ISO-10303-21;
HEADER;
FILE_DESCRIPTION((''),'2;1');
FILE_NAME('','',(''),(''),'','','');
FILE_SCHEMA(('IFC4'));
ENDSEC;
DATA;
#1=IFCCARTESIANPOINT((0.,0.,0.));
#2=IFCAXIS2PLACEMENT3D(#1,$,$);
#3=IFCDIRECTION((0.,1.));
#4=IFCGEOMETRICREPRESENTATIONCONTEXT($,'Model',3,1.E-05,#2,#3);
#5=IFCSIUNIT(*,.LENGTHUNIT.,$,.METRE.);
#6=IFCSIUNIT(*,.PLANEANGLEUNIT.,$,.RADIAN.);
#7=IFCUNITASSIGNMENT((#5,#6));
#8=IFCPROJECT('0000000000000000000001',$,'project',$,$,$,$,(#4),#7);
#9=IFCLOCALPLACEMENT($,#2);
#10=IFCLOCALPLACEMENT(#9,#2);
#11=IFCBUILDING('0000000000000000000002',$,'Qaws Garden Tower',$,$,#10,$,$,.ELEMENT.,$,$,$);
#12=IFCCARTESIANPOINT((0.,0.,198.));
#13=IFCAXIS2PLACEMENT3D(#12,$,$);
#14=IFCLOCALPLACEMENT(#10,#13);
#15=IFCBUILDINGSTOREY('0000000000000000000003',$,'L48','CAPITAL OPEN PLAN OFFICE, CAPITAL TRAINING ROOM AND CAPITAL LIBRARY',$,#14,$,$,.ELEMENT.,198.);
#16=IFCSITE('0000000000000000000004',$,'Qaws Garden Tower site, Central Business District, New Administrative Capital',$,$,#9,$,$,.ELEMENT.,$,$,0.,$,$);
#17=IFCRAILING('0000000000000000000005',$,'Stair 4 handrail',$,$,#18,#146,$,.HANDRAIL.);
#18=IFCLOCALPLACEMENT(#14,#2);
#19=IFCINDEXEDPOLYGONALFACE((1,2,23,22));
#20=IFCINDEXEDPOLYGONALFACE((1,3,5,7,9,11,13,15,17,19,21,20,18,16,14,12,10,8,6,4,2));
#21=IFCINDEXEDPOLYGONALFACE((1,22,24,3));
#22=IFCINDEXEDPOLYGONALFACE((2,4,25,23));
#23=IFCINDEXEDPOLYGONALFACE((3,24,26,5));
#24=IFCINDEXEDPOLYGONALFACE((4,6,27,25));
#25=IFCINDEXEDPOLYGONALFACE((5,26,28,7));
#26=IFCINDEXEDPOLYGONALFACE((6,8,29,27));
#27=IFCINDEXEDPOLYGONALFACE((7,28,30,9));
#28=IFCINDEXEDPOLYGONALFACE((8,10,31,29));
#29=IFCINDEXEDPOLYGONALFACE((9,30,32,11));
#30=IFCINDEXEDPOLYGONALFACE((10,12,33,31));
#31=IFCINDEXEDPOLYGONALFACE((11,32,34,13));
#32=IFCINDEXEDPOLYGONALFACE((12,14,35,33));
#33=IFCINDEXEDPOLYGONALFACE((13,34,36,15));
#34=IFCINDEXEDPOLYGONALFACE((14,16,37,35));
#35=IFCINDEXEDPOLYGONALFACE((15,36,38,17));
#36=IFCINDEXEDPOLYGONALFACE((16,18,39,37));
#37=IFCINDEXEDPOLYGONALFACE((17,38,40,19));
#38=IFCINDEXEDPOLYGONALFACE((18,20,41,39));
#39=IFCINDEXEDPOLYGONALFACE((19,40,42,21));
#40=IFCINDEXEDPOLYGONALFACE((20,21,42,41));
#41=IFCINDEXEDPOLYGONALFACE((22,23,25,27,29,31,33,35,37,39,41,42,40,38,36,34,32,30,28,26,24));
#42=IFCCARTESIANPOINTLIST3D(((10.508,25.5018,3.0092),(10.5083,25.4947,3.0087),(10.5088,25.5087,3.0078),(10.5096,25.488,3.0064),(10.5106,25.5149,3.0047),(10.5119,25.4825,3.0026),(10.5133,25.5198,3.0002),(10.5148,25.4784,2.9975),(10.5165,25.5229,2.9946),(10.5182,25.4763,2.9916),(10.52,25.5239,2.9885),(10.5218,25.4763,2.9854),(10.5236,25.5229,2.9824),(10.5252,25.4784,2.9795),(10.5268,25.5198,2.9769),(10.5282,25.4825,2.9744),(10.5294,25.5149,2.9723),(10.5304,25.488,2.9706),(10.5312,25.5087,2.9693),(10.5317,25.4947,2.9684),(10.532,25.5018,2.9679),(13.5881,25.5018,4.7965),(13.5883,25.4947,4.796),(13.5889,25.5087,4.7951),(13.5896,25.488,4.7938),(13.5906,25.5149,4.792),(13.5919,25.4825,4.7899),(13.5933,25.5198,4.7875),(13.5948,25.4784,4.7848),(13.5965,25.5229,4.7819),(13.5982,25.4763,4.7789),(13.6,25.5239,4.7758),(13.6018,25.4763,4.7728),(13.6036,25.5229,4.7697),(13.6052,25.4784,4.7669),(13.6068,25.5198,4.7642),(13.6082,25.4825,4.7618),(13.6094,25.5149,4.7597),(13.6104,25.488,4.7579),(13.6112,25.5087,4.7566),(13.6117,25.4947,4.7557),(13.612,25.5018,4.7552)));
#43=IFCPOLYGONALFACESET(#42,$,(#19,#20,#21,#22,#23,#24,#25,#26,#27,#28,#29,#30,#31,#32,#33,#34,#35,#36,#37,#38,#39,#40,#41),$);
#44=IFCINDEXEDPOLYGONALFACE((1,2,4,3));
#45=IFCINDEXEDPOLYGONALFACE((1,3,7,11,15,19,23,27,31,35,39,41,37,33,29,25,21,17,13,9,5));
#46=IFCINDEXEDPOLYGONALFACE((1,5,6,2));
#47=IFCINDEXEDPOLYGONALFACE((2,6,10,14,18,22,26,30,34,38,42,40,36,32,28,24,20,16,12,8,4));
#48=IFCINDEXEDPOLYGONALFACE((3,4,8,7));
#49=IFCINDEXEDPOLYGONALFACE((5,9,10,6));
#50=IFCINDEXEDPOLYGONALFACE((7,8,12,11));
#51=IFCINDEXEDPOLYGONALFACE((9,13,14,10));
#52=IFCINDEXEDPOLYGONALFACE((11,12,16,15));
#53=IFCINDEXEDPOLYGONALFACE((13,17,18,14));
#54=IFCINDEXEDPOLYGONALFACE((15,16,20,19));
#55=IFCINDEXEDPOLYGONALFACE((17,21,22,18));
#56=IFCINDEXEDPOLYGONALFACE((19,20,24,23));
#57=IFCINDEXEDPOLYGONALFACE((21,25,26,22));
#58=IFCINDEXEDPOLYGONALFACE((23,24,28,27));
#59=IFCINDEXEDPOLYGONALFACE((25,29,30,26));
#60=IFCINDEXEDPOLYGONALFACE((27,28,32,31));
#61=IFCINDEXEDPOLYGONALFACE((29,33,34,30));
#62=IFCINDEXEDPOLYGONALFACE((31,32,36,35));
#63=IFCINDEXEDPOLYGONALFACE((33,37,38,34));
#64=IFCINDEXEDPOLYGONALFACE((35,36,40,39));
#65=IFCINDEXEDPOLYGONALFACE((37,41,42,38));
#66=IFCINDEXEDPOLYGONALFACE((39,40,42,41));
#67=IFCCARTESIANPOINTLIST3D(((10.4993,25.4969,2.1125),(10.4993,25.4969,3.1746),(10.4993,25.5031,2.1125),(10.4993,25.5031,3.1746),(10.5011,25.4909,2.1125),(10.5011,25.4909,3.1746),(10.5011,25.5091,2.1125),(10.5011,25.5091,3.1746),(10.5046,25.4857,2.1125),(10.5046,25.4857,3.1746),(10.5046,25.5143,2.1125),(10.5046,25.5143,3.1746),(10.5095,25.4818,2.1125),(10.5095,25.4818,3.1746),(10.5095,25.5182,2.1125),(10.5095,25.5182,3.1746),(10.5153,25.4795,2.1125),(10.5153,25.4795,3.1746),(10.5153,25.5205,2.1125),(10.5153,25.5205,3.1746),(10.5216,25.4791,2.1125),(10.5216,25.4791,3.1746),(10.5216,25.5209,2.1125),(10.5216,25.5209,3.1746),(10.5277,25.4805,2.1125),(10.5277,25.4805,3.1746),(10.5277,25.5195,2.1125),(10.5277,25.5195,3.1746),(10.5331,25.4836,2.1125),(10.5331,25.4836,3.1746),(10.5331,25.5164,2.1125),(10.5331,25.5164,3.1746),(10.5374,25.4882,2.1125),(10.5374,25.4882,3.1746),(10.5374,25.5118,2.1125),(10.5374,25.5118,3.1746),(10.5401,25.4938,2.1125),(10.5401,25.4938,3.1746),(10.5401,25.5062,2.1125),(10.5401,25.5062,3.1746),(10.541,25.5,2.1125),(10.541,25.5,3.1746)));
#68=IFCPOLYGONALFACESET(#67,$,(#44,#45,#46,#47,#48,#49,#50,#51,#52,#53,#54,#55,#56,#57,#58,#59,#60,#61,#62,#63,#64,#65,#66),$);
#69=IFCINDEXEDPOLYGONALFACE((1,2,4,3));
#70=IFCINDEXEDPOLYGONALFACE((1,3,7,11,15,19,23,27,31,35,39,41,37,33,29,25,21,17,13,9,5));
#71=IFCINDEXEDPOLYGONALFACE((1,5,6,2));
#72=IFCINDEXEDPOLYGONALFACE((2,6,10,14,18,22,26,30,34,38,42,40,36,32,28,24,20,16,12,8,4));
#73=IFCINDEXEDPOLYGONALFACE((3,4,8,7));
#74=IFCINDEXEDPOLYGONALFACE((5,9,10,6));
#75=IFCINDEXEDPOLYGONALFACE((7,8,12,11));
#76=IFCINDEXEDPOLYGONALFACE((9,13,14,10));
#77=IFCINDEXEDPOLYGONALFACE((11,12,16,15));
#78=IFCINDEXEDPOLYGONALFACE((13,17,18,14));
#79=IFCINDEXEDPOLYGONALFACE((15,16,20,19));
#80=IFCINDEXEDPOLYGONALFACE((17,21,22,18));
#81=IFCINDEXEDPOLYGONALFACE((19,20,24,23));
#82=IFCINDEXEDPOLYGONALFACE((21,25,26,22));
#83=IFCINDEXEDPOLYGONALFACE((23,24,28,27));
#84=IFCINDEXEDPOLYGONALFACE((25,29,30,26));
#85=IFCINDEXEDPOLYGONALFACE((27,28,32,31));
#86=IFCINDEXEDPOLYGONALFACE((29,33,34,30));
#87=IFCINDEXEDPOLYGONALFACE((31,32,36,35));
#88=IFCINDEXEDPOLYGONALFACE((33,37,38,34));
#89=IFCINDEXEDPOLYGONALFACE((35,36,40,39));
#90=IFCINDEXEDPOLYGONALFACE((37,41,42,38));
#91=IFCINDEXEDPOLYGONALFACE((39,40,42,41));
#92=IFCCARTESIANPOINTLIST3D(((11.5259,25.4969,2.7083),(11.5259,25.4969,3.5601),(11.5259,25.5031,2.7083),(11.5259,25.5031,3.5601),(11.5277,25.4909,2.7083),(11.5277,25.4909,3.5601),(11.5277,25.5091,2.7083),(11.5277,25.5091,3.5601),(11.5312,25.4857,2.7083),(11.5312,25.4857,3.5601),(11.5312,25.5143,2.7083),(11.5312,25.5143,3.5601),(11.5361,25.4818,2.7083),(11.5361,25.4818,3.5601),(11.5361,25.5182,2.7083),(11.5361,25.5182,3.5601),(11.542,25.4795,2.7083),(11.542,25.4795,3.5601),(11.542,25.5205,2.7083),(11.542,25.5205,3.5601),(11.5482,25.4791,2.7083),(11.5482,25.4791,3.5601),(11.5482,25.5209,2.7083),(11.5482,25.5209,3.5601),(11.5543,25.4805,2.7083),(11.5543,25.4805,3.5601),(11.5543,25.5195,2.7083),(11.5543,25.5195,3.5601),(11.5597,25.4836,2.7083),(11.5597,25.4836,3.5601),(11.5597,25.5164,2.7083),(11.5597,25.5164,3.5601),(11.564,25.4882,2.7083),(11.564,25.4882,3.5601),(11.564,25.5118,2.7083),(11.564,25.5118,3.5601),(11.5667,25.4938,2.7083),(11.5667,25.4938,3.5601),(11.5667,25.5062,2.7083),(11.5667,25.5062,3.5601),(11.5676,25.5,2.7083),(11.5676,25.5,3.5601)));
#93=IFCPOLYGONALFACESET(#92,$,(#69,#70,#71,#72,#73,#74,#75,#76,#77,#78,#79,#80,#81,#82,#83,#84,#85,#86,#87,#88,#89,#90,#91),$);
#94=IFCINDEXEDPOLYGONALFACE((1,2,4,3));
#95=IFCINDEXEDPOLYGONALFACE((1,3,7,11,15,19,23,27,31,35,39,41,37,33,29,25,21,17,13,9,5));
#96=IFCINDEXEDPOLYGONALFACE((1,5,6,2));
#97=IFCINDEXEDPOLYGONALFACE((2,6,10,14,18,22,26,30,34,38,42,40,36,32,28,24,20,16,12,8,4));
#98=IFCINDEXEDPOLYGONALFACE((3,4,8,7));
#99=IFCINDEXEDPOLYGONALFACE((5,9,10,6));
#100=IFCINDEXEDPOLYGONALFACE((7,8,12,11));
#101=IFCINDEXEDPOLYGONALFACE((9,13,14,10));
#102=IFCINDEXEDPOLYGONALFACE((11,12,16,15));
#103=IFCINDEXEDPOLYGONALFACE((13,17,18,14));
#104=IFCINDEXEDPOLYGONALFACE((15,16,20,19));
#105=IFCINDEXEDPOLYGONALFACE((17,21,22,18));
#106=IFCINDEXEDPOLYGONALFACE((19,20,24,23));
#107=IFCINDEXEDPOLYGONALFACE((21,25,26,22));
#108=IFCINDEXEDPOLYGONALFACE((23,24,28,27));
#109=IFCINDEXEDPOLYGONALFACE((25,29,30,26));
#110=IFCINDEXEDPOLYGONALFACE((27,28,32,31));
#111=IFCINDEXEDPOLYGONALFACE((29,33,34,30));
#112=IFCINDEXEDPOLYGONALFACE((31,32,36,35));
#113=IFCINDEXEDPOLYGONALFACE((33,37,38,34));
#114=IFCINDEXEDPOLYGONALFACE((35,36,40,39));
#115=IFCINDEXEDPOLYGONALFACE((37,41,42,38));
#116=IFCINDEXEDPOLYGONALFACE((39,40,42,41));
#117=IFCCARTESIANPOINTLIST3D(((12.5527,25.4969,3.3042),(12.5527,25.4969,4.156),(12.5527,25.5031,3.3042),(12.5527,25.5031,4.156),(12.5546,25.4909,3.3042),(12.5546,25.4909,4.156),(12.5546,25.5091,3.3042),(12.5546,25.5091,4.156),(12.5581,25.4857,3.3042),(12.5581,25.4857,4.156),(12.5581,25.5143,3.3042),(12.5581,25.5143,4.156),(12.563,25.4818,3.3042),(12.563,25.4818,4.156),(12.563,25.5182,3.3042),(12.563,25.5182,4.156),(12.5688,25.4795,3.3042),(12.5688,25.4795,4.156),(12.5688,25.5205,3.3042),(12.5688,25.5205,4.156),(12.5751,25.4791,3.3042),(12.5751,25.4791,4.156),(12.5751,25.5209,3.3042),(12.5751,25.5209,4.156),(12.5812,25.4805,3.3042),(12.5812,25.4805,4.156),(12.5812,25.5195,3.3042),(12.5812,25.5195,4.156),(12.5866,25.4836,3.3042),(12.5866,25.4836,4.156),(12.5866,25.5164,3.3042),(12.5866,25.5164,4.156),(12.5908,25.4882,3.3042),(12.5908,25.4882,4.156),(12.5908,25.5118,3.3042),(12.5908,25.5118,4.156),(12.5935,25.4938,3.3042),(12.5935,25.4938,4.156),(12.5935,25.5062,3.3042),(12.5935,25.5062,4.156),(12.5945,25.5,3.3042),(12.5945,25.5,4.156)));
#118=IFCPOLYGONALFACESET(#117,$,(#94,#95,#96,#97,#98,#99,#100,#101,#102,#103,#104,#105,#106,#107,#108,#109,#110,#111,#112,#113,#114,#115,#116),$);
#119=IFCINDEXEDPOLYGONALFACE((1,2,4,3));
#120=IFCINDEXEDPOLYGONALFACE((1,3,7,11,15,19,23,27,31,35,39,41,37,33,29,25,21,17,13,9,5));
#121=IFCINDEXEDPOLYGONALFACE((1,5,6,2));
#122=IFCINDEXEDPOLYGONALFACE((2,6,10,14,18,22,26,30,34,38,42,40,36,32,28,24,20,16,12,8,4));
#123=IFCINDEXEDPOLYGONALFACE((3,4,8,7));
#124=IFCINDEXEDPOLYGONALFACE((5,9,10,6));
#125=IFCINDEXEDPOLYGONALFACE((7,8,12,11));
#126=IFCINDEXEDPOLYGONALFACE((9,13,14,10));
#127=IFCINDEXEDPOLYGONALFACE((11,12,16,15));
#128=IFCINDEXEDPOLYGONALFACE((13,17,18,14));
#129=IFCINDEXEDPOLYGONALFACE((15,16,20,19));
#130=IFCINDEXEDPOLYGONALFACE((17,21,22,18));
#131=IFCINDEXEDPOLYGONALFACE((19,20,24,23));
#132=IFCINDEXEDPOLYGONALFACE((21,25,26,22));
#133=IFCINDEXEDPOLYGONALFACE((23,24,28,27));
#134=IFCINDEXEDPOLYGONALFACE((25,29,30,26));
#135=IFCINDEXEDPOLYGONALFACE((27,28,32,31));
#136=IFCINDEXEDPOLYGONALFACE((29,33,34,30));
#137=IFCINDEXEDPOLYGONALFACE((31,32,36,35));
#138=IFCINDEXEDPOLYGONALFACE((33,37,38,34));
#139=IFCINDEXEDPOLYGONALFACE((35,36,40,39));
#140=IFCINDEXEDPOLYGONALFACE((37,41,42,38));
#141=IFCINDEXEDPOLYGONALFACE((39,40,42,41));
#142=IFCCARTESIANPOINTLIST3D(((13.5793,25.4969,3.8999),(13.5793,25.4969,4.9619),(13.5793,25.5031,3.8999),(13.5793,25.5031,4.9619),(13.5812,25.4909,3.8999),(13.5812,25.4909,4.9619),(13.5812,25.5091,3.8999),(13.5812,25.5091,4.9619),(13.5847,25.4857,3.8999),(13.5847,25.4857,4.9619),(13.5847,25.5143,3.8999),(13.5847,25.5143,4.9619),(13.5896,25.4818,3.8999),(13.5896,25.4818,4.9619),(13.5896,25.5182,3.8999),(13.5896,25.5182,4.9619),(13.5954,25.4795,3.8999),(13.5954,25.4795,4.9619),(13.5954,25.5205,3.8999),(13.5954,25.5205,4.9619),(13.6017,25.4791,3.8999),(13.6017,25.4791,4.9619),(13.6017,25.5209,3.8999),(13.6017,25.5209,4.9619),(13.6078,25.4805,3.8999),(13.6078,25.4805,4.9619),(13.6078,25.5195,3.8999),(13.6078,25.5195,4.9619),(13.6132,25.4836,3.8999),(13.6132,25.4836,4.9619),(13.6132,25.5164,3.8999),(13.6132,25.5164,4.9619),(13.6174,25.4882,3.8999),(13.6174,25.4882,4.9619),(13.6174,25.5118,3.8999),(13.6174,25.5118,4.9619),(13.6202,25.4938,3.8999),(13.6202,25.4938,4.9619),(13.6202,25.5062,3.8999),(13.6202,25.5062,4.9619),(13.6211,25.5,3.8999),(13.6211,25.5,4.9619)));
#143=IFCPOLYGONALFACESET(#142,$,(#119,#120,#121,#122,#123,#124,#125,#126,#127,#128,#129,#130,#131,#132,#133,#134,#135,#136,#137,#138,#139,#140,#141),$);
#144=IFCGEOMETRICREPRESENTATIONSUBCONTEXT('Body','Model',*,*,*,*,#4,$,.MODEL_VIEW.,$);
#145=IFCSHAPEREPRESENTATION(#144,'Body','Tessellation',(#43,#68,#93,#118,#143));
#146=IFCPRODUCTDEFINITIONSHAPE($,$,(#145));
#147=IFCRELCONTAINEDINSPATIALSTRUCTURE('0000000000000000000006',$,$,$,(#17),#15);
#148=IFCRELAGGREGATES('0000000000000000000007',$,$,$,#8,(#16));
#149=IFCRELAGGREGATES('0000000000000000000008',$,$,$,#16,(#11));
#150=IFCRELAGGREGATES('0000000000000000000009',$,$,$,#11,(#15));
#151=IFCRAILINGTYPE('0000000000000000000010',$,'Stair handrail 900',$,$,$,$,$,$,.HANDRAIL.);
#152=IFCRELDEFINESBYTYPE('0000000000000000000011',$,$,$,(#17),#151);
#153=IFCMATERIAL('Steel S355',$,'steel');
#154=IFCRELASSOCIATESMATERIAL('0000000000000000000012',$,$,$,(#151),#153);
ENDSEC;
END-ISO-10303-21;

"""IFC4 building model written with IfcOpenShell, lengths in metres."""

from ifc_helpers import new_model, si_unit, direction, frame, origin, origin_2d, place, context, subcontext, project, spatial, circle, extrude, material, type_object, element, save


model = new_model("IFC4")

# Units and contexts
model_context = context("Model", 3, precision=1e-05, world=origin(), true_north=direction((0.0, 1.0)))
body_context = subcontext(model_context, "Body", "Model", "MODEL_VIEW")
ifc_project = project(units=[si_unit("LENGTHUNIT", "METRE"), si_unit("PLANEANGLEUNIT", "RADIAN")], contexts=[model_context])

# Site, building, storey
site_placement = place(None, origin())
site = spatial("IfcSite", under=ifc_project, at=site_placement, Name="Qaws Garden Tower site, Central Business District, New Administrative Capital", CompositionType="ELEMENT", RefElevation=0.0)
building_placement = place(site_placement, origin())
building = spatial("IfcBuilding", under=site, at=building_placement, Name="Qaws Garden Tower", CompositionType="ELEMENT")
storey_placement = place(building_placement, frame((0.0, 0.0, 198.0)))
storey = spatial("IfcBuildingStorey", under=building, at=storey_placement, Name="L48", Description="CAPITAL OPEN PLAN OFFICE, CAPITAL TRAINING ROOM AND CAPITAL LIBRARY", CompositionType="ELEMENT", Elevation=198.0)

# Railing
ifc_material_1 = material(Name="Steel S355", Category="steel")
railing_type = type_object("IfcRailingType", Name="Stair handrail 900", PredefinedType="HANDRAIL", material=ifc_material_1)
railing_1_placement = place(storey_placement, frame((10.52, 25.5, 2.1125)))
element("IfcRailing", 1, at=railing_1_placement, inside=storey, type_object=railing_type, Name="Stair 4 handrail", PredefinedType="HANDRAIL", context=body_context, shape_type="SweptSolid", body=[
    extrude(circle(Radius=0.0239, at=origin_2d()), frame((0.0, 0.0, 0.876), z_axis=(0.86492, 0.0, 0.501909), x_axis=(0.0, 1.0, 0.0)), (0.0, 0.0, 1.0), 3.561),
    extrude(circle(Radius=0.021, at=origin_2d()), origin(), (0.0, 0.0, 1.0), 1.062),
    extrude(circle(Radius=0.021, at=origin_2d()), frame((1.0266, 0.0, 0.5957)), (0.0, 0.0, 1.0), 0.8518),
    extrude(circle(Radius=0.021, at=origin_2d()), frame((2.0535, 0.0, 1.1917)), (0.0, 0.0, 1.0), 0.8518),
    extrude(circle(Radius=0.021, at=origin_2d()), frame((3.0801, 0.0, 1.7874)), (0.0, 0.0, 1.0), 1.062),
])

save(model, "model.ifc")
